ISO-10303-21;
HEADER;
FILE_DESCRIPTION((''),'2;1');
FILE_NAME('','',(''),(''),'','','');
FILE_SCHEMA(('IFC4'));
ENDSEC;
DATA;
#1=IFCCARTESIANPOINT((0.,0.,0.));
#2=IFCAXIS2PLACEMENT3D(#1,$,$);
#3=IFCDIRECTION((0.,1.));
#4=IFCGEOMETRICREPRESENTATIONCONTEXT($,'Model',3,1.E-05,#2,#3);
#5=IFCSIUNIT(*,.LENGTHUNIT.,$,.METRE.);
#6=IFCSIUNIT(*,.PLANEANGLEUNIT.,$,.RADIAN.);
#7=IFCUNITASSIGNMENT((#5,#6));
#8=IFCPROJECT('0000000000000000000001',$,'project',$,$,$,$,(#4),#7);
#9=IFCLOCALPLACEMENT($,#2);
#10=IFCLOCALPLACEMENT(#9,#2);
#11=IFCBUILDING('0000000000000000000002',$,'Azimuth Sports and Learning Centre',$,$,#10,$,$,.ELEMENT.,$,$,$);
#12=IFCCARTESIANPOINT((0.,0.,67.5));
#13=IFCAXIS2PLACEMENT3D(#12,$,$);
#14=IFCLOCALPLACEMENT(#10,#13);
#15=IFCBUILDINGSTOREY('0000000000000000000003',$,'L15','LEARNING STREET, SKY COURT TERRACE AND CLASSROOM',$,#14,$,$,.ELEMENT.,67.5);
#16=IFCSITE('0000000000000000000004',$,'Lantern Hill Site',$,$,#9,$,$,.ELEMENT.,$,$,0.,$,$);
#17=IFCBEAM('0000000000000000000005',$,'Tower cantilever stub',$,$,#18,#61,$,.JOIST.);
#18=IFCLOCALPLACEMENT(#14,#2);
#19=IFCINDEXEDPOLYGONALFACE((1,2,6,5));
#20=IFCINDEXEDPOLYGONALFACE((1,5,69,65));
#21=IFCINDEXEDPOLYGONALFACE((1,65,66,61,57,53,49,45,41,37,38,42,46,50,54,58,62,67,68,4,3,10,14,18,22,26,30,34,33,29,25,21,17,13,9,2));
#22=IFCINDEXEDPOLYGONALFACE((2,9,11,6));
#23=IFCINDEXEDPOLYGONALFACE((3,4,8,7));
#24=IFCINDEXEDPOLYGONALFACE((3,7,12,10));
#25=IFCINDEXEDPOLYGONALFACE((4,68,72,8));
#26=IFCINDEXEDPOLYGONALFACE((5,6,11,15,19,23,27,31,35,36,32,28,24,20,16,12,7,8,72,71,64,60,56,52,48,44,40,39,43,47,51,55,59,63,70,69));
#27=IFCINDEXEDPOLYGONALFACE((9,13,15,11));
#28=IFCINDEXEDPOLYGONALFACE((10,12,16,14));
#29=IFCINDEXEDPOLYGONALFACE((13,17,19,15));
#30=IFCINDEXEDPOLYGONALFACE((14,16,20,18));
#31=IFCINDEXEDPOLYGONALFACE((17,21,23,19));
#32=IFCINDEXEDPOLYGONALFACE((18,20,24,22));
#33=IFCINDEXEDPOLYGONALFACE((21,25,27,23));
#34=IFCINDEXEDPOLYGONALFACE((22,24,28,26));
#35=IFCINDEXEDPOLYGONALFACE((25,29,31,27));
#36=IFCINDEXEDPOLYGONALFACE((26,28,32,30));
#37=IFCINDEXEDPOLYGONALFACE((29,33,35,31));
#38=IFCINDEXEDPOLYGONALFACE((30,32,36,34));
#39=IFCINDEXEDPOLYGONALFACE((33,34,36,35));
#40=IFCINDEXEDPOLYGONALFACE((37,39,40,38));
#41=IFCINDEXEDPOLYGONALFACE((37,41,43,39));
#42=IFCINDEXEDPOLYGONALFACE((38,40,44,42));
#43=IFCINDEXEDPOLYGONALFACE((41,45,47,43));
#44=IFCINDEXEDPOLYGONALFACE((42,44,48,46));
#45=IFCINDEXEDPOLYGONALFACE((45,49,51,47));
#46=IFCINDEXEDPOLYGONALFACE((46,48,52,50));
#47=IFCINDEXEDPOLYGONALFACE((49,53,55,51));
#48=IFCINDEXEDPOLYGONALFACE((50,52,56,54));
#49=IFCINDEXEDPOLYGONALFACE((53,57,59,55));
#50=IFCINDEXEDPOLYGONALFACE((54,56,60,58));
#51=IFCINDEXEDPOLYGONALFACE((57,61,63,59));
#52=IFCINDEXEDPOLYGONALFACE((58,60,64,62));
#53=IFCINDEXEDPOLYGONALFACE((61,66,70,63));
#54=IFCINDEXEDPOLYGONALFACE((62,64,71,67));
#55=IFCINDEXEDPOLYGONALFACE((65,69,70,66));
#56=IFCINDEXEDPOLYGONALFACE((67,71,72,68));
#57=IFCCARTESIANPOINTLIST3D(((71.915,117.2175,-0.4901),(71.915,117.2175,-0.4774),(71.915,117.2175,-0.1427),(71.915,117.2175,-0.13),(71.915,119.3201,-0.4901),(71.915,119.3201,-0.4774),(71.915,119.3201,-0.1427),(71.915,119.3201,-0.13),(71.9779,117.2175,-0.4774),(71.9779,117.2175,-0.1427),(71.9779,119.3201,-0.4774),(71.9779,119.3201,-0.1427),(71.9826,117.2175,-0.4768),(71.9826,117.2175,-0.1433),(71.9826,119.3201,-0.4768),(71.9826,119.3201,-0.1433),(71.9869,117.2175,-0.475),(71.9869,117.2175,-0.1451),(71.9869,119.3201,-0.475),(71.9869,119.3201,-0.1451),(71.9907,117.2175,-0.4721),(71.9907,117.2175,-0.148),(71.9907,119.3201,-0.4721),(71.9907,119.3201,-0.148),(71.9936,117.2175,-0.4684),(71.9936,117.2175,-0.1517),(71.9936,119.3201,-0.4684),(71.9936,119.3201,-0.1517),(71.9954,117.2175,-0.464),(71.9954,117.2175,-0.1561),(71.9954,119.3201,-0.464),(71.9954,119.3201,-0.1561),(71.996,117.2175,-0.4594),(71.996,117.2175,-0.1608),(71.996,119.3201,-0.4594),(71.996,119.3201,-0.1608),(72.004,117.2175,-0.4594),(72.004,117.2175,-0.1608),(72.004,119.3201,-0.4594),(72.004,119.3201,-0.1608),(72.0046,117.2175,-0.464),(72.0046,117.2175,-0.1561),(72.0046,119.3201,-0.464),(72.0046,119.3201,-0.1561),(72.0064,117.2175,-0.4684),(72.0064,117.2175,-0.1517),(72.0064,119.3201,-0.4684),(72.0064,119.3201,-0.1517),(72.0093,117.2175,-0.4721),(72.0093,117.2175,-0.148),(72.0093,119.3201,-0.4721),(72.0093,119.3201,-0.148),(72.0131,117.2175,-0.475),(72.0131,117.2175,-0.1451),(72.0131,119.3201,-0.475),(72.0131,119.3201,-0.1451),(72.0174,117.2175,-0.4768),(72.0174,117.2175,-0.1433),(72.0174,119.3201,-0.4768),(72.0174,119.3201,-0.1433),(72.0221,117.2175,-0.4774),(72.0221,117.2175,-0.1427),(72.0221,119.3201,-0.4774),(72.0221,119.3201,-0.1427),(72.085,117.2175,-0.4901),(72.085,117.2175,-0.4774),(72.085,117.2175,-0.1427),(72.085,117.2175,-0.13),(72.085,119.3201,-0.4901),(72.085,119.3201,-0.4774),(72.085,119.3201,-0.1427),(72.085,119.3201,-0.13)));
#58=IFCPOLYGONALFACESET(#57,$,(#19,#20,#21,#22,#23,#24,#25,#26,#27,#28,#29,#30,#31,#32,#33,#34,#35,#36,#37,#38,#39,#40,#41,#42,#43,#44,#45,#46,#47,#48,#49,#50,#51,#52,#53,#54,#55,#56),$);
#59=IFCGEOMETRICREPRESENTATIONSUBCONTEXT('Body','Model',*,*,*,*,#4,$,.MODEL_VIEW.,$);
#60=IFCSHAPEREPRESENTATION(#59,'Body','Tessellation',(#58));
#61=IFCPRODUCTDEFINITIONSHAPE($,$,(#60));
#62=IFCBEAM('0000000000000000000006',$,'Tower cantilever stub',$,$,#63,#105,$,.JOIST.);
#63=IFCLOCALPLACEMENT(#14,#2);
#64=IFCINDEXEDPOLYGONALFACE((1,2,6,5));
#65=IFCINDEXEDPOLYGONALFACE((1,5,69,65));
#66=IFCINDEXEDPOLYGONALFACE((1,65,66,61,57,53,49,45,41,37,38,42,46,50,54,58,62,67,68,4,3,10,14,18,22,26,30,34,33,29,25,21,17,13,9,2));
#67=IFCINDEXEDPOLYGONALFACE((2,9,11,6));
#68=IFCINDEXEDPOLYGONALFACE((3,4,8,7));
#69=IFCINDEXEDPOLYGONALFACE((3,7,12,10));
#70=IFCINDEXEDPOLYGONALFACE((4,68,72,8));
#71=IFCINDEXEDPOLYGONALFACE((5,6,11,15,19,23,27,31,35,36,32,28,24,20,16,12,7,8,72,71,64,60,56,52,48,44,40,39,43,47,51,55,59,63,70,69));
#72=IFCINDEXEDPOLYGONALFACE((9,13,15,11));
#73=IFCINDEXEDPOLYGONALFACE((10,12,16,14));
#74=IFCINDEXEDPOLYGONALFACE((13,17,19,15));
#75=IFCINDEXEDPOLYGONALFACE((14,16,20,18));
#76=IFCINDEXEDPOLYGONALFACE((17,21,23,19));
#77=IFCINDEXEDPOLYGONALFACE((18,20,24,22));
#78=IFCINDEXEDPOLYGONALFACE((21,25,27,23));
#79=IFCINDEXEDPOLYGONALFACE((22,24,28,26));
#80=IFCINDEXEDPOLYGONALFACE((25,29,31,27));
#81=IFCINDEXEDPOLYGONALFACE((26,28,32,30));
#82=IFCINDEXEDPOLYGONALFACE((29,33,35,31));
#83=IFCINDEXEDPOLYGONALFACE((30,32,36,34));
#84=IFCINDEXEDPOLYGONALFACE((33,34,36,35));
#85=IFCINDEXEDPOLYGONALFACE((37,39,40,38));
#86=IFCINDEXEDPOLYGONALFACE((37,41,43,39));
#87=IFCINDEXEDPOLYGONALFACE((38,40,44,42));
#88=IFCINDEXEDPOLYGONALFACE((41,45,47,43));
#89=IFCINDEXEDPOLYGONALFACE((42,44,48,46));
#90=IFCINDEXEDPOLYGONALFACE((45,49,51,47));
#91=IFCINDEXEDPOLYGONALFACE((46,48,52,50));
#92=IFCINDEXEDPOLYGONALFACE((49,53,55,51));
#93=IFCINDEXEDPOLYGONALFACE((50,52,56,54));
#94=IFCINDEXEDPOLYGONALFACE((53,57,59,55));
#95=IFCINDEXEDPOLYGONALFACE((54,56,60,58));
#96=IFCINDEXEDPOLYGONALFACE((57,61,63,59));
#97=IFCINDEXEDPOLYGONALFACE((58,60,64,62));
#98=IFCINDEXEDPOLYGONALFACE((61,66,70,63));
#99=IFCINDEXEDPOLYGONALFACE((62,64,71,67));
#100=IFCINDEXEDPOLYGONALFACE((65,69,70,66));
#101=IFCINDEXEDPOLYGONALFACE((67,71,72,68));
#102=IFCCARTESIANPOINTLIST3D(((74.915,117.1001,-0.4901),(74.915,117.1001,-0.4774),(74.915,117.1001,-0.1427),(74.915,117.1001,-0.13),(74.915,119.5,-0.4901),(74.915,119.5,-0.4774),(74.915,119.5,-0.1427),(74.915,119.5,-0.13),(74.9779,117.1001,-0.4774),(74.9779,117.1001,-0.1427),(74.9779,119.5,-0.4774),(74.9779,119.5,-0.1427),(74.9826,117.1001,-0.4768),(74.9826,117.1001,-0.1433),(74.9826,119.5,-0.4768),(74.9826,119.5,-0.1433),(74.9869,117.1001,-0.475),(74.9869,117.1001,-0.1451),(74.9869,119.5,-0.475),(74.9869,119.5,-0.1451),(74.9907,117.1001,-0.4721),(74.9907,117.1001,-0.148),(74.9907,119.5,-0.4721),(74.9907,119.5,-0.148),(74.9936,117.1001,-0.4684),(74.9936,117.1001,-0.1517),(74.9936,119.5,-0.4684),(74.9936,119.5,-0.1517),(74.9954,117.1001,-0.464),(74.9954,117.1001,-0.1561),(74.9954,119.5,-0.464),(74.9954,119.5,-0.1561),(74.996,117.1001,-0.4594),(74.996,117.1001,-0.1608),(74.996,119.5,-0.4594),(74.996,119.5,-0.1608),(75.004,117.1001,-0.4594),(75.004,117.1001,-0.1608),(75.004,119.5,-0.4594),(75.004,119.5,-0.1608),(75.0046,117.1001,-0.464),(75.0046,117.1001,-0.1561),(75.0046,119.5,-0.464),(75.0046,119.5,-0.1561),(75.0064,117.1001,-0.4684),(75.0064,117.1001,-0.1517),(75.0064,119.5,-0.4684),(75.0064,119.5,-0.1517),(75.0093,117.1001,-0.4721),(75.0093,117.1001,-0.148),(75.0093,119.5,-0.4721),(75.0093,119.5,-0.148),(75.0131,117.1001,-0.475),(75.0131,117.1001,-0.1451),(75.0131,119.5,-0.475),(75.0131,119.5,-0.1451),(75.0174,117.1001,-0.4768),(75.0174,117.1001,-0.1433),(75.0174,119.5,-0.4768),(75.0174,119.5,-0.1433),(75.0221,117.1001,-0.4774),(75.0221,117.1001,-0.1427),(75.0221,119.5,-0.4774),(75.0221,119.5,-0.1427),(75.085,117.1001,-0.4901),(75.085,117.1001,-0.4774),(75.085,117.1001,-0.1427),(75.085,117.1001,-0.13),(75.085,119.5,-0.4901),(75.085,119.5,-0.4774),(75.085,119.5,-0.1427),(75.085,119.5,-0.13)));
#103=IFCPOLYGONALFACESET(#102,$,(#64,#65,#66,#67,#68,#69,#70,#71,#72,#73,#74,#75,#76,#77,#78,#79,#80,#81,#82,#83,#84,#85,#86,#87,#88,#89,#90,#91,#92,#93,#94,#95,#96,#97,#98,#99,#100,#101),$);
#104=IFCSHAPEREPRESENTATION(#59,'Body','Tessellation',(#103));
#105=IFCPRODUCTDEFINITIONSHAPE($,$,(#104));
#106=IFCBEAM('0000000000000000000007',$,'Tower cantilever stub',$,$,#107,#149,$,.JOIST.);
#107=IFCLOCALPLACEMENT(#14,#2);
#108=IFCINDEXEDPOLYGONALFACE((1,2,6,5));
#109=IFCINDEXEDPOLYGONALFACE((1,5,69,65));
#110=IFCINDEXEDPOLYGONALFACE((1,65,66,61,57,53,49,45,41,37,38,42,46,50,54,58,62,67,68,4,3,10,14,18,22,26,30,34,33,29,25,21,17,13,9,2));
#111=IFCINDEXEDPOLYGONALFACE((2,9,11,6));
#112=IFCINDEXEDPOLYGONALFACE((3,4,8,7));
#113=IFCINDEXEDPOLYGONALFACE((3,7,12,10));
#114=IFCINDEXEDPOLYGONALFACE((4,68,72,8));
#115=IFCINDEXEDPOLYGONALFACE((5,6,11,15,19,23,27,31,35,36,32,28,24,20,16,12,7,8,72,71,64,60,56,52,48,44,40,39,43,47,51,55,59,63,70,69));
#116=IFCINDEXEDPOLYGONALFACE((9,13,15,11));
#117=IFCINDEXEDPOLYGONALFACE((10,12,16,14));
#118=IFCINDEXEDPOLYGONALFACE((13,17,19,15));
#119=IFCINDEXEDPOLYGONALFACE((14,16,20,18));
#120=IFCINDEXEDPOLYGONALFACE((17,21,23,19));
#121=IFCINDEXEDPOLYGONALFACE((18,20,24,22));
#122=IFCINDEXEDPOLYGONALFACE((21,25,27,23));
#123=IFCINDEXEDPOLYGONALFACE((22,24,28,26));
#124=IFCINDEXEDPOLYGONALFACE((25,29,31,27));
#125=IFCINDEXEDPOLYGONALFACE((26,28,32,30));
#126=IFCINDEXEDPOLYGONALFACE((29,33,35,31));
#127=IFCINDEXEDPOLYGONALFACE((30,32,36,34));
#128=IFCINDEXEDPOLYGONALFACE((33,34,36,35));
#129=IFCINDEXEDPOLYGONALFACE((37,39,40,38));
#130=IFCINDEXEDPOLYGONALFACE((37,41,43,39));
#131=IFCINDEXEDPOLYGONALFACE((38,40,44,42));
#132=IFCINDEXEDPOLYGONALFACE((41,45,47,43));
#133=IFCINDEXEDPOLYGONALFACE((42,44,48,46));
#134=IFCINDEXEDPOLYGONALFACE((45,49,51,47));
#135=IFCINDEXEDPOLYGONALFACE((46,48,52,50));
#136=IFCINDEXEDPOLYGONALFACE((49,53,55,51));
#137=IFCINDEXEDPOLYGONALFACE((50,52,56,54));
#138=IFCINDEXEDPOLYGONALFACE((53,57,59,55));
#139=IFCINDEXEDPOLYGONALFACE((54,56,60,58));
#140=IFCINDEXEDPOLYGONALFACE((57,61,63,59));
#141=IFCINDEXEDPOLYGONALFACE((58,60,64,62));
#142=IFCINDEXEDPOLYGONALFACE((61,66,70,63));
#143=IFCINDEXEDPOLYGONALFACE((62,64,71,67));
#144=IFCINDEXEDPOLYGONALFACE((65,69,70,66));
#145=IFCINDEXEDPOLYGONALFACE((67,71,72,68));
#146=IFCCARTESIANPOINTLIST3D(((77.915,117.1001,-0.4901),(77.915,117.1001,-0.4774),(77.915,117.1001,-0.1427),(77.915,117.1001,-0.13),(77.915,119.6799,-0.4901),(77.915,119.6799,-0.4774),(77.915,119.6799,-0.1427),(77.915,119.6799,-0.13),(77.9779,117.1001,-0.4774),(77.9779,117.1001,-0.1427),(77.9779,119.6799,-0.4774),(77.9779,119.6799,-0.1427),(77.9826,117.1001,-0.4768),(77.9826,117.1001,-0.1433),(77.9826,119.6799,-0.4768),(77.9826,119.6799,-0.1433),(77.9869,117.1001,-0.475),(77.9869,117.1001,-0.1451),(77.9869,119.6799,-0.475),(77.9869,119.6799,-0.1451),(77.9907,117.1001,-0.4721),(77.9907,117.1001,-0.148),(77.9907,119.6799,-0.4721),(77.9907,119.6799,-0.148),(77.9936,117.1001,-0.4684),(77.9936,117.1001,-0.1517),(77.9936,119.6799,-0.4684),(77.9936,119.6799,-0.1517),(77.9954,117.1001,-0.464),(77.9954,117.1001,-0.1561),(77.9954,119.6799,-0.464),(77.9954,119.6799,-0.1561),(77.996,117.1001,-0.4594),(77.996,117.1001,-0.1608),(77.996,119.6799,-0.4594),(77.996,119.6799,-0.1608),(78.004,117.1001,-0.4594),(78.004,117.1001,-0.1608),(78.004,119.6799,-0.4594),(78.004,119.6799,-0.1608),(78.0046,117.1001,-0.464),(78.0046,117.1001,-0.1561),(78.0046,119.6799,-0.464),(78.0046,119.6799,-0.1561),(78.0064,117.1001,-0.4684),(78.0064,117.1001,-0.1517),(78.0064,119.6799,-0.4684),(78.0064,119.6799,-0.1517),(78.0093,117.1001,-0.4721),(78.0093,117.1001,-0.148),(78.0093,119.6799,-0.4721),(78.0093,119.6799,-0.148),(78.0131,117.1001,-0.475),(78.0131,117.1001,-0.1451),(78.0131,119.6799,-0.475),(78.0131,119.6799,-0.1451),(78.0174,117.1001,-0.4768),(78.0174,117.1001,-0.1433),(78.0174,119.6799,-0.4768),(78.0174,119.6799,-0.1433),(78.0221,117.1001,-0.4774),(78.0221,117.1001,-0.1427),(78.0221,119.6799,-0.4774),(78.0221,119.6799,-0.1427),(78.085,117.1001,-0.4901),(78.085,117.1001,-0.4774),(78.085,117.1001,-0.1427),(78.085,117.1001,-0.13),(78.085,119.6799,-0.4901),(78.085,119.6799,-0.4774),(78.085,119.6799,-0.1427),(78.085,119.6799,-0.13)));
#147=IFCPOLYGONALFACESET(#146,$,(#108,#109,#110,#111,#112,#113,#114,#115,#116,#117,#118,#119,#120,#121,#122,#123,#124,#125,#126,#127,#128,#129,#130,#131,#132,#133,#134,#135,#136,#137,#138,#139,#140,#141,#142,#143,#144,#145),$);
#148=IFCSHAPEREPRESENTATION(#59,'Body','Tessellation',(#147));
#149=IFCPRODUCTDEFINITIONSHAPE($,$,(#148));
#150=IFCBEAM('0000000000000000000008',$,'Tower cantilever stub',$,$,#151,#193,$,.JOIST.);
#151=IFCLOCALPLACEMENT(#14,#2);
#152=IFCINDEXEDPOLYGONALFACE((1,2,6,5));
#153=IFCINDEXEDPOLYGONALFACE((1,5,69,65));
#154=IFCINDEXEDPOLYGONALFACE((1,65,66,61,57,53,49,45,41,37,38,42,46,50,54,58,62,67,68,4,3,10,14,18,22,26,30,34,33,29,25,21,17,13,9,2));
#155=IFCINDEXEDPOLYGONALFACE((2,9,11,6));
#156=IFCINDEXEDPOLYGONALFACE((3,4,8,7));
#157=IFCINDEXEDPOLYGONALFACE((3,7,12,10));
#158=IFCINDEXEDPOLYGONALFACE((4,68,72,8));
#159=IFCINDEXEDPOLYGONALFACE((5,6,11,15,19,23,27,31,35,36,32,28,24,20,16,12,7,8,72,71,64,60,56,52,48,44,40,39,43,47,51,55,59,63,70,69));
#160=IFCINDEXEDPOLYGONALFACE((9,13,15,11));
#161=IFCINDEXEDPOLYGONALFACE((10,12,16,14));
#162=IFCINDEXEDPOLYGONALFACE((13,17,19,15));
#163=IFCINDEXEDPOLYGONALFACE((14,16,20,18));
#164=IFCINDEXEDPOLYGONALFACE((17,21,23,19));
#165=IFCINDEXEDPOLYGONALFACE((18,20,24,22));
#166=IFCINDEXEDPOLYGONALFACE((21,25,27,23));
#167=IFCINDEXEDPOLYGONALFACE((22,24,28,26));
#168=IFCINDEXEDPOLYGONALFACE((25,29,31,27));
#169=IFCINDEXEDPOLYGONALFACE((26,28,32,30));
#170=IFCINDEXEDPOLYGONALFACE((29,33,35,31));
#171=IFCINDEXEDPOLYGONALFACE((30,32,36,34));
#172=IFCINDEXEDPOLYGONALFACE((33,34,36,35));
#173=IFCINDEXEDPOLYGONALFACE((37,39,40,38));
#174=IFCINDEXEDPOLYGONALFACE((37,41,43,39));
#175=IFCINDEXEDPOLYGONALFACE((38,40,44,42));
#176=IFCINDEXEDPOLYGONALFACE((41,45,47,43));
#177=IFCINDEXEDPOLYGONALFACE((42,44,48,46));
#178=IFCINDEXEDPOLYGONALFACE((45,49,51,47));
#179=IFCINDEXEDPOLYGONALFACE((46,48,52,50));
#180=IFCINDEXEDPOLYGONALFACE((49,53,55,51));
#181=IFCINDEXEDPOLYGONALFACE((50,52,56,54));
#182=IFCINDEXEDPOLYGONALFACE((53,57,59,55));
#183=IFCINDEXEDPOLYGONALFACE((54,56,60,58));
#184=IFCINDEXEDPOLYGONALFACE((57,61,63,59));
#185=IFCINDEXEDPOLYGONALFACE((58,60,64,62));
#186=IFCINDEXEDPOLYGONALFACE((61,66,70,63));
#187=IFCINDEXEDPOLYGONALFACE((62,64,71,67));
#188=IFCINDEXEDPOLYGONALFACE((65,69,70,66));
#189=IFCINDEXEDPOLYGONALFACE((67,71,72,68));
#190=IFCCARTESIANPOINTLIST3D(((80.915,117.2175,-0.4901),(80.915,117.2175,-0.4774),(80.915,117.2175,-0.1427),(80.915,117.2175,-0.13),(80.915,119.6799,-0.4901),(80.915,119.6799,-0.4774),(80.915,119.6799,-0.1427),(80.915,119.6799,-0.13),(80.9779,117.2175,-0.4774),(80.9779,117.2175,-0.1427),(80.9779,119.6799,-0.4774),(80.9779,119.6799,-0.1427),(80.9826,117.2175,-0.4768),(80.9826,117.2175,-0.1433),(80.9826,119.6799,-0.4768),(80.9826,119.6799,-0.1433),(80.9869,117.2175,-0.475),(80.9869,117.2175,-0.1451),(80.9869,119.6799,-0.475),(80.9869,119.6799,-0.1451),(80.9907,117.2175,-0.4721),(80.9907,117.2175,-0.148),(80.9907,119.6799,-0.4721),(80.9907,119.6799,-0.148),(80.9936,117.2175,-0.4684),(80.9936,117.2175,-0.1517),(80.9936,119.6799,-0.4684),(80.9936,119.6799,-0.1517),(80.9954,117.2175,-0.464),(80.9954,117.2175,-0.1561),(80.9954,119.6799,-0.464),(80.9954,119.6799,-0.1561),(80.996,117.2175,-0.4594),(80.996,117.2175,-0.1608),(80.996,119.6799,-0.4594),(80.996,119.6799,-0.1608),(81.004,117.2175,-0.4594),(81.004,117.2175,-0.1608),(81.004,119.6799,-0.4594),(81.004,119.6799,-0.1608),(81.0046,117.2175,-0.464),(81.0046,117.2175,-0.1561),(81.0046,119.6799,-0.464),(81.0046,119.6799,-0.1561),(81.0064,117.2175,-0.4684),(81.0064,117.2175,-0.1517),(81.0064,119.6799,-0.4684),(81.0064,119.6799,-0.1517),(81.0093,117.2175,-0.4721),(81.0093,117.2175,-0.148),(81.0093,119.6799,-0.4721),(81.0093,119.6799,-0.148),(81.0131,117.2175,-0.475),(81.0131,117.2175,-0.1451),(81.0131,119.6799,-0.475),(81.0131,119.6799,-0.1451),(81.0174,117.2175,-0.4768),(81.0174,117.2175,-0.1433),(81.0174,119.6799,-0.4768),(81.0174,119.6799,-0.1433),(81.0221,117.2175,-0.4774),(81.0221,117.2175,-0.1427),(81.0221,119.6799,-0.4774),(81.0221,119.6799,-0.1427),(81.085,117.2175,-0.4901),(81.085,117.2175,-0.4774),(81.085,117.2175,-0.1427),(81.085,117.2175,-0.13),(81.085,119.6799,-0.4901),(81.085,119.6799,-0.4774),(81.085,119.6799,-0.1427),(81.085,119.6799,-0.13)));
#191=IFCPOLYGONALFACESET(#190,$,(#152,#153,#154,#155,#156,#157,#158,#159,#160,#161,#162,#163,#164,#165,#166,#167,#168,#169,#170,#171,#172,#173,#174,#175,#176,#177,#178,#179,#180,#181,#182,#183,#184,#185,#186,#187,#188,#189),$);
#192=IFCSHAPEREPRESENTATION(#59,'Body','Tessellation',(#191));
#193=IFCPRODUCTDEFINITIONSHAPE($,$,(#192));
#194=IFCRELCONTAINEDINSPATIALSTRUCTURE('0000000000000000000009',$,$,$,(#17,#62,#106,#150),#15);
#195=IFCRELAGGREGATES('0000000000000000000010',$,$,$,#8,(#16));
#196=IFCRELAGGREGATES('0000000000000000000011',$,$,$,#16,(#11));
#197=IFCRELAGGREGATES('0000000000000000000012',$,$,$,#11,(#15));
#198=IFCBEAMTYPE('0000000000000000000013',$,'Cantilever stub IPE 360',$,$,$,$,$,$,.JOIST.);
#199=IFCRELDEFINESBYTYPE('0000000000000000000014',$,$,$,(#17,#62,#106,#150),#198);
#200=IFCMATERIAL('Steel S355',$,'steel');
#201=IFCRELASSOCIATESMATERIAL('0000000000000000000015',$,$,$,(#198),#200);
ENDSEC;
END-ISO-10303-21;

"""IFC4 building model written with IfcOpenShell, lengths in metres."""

from ifc_helpers import new_model, si_unit, direction, frame, origin, origin_2d, place, context, subcontext, project, spatial, i_section, extrude, material, material_profile, profile_set, type_object, element, save


model = new_model("IFC4")

# Units and contexts
model_context = context("Model", 3, precision=1e-05, world=origin(), true_north=direction((0.0, 1.0)))
body_context = subcontext(model_context, "Body", "Model", "MODEL_VIEW")
ifc_project = project(units=[si_unit("LENGTHUNIT", "METRE"), si_unit("PLANEANGLEUNIT", "RADIAN")], contexts=[model_context])

# Site, building, storey
site_placement = place(None, origin())
site = spatial("IfcSite", under=ifc_project, at=site_placement, Name="Lantern Hill Site", CompositionType="ELEMENT", RefElevation=0.0)
building_placement = place(site_placement, origin())
building = spatial("IfcBuilding", under=site, at=building_placement, Name="Azimuth Sports and Learning Centre", CompositionType="ELEMENT")
storey_placement = place(building_placement, frame((0.0, 0.0, 67.5)))
storey = spatial("IfcBuildingStorey", under=building, at=storey_placement, Name="L15", Description="LEARNING STREET, SKY COURT TERRACE AND CLASSROOM", CompositionType="ELEMENT", Elevation=67.5)

# Beams
ifc_material_1 = material(Name="Steel S355", Category="steel")
ifc_material_profile_1 = material_profile(ifc_material_1, i_section(OverallWidth=0.1699, OverallDepth=0.3601, WebThickness=0.0081, FlangeThickness=0.0127, FilletRadius=0.0181, at=origin_2d()), Name="IPE 360")
ifc_profile_set_1 = profile_set([ifc_material_profile_1], Name="Steel S355")
beam_type_1 = type_object("IfcBeamType", Name="Cantilever stub IPE 360", PredefinedType="JOIST", material=ifc_profile_set_1)
beam_1_placement = place(storey_placement, frame((72.0, 117.2175, -0.3101), z_axis=(0.0, 1.0, 0.0), x_axis=(-1.0, 0.0, 0.0)))
element("IfcBeam", 1, at=beam_1_placement, inside=storey, type_object=beam_type_1, Name="Tower cantilever stub", PredefinedType="JOIST", context=body_context, shape_type="SweptSolid", body=[
    extrude(i_section(OverallWidth=0.1699, OverallDepth=0.3601, WebThickness=0.0081, FlangeThickness=0.0127, FilletRadius=0.0181, at=origin_2d()), origin(), (0.0, 0.0, 1.0), 2.1025),
])
beam_2_placement = place(storey_placement, frame((75.0, 117.1001, -0.3101), z_axis=(0.0, 1.0, 0.0), x_axis=(-1.0, 0.0, 0.0)))
element("IfcBeam", 2, at=beam_2_placement, inside=storey, type_object=beam_type_1, Name="Tower cantilever stub", PredefinedType="JOIST", context=body_context, shape_type="SweptSolid", body=[
    extrude(i_section(OverallWidth=0.1699, OverallDepth=0.3601, WebThickness=0.0081, FlangeThickness=0.0127, FilletRadius=0.0181, at=origin_2d()), origin(), (0.0, 0.0, 1.0), 2.3999),
])
beam_3_placement = place(storey_placement, frame((78.0, 117.1001, -0.3101), z_axis=(0.0, 1.0, 0.0), x_axis=(-1.0, 0.0, 0.0)))
element("IfcBeam", 3, at=beam_3_placement, inside=storey, type_object=beam_type_1, Name="Tower cantilever stub", PredefinedType="JOIST", context=body_context, shape_type="SweptSolid", body=[
    extrude(i_section(OverallWidth=0.1699, OverallDepth=0.3601, WebThickness=0.0081, FlangeThickness=0.0127, FilletRadius=0.0181, at=origin_2d()), origin(), (0.0, 0.0, 1.0), 2.5798),
])
beam_4_placement = place(storey_placement, frame((81.0, 117.2175, -0.3101), z_axis=(0.0, 1.0, 0.0), x_axis=(-1.0, 0.0, 0.0)))
element("IfcBeam", 4, at=beam_4_placement, inside=storey, type_object=beam_type_1, Name="Tower cantilever stub", PredefinedType="JOIST", context=body_context, shape_type="SweptSolid", body=[
    extrude(i_section(OverallWidth=0.1699, OverallDepth=0.3601, WebThickness=0.0081, FlangeThickness=0.0127, FilletRadius=0.0181, at=origin_2d()), origin(), (0.0, 0.0, 1.0), 2.4624),
])

save(model, "model.ifc")
